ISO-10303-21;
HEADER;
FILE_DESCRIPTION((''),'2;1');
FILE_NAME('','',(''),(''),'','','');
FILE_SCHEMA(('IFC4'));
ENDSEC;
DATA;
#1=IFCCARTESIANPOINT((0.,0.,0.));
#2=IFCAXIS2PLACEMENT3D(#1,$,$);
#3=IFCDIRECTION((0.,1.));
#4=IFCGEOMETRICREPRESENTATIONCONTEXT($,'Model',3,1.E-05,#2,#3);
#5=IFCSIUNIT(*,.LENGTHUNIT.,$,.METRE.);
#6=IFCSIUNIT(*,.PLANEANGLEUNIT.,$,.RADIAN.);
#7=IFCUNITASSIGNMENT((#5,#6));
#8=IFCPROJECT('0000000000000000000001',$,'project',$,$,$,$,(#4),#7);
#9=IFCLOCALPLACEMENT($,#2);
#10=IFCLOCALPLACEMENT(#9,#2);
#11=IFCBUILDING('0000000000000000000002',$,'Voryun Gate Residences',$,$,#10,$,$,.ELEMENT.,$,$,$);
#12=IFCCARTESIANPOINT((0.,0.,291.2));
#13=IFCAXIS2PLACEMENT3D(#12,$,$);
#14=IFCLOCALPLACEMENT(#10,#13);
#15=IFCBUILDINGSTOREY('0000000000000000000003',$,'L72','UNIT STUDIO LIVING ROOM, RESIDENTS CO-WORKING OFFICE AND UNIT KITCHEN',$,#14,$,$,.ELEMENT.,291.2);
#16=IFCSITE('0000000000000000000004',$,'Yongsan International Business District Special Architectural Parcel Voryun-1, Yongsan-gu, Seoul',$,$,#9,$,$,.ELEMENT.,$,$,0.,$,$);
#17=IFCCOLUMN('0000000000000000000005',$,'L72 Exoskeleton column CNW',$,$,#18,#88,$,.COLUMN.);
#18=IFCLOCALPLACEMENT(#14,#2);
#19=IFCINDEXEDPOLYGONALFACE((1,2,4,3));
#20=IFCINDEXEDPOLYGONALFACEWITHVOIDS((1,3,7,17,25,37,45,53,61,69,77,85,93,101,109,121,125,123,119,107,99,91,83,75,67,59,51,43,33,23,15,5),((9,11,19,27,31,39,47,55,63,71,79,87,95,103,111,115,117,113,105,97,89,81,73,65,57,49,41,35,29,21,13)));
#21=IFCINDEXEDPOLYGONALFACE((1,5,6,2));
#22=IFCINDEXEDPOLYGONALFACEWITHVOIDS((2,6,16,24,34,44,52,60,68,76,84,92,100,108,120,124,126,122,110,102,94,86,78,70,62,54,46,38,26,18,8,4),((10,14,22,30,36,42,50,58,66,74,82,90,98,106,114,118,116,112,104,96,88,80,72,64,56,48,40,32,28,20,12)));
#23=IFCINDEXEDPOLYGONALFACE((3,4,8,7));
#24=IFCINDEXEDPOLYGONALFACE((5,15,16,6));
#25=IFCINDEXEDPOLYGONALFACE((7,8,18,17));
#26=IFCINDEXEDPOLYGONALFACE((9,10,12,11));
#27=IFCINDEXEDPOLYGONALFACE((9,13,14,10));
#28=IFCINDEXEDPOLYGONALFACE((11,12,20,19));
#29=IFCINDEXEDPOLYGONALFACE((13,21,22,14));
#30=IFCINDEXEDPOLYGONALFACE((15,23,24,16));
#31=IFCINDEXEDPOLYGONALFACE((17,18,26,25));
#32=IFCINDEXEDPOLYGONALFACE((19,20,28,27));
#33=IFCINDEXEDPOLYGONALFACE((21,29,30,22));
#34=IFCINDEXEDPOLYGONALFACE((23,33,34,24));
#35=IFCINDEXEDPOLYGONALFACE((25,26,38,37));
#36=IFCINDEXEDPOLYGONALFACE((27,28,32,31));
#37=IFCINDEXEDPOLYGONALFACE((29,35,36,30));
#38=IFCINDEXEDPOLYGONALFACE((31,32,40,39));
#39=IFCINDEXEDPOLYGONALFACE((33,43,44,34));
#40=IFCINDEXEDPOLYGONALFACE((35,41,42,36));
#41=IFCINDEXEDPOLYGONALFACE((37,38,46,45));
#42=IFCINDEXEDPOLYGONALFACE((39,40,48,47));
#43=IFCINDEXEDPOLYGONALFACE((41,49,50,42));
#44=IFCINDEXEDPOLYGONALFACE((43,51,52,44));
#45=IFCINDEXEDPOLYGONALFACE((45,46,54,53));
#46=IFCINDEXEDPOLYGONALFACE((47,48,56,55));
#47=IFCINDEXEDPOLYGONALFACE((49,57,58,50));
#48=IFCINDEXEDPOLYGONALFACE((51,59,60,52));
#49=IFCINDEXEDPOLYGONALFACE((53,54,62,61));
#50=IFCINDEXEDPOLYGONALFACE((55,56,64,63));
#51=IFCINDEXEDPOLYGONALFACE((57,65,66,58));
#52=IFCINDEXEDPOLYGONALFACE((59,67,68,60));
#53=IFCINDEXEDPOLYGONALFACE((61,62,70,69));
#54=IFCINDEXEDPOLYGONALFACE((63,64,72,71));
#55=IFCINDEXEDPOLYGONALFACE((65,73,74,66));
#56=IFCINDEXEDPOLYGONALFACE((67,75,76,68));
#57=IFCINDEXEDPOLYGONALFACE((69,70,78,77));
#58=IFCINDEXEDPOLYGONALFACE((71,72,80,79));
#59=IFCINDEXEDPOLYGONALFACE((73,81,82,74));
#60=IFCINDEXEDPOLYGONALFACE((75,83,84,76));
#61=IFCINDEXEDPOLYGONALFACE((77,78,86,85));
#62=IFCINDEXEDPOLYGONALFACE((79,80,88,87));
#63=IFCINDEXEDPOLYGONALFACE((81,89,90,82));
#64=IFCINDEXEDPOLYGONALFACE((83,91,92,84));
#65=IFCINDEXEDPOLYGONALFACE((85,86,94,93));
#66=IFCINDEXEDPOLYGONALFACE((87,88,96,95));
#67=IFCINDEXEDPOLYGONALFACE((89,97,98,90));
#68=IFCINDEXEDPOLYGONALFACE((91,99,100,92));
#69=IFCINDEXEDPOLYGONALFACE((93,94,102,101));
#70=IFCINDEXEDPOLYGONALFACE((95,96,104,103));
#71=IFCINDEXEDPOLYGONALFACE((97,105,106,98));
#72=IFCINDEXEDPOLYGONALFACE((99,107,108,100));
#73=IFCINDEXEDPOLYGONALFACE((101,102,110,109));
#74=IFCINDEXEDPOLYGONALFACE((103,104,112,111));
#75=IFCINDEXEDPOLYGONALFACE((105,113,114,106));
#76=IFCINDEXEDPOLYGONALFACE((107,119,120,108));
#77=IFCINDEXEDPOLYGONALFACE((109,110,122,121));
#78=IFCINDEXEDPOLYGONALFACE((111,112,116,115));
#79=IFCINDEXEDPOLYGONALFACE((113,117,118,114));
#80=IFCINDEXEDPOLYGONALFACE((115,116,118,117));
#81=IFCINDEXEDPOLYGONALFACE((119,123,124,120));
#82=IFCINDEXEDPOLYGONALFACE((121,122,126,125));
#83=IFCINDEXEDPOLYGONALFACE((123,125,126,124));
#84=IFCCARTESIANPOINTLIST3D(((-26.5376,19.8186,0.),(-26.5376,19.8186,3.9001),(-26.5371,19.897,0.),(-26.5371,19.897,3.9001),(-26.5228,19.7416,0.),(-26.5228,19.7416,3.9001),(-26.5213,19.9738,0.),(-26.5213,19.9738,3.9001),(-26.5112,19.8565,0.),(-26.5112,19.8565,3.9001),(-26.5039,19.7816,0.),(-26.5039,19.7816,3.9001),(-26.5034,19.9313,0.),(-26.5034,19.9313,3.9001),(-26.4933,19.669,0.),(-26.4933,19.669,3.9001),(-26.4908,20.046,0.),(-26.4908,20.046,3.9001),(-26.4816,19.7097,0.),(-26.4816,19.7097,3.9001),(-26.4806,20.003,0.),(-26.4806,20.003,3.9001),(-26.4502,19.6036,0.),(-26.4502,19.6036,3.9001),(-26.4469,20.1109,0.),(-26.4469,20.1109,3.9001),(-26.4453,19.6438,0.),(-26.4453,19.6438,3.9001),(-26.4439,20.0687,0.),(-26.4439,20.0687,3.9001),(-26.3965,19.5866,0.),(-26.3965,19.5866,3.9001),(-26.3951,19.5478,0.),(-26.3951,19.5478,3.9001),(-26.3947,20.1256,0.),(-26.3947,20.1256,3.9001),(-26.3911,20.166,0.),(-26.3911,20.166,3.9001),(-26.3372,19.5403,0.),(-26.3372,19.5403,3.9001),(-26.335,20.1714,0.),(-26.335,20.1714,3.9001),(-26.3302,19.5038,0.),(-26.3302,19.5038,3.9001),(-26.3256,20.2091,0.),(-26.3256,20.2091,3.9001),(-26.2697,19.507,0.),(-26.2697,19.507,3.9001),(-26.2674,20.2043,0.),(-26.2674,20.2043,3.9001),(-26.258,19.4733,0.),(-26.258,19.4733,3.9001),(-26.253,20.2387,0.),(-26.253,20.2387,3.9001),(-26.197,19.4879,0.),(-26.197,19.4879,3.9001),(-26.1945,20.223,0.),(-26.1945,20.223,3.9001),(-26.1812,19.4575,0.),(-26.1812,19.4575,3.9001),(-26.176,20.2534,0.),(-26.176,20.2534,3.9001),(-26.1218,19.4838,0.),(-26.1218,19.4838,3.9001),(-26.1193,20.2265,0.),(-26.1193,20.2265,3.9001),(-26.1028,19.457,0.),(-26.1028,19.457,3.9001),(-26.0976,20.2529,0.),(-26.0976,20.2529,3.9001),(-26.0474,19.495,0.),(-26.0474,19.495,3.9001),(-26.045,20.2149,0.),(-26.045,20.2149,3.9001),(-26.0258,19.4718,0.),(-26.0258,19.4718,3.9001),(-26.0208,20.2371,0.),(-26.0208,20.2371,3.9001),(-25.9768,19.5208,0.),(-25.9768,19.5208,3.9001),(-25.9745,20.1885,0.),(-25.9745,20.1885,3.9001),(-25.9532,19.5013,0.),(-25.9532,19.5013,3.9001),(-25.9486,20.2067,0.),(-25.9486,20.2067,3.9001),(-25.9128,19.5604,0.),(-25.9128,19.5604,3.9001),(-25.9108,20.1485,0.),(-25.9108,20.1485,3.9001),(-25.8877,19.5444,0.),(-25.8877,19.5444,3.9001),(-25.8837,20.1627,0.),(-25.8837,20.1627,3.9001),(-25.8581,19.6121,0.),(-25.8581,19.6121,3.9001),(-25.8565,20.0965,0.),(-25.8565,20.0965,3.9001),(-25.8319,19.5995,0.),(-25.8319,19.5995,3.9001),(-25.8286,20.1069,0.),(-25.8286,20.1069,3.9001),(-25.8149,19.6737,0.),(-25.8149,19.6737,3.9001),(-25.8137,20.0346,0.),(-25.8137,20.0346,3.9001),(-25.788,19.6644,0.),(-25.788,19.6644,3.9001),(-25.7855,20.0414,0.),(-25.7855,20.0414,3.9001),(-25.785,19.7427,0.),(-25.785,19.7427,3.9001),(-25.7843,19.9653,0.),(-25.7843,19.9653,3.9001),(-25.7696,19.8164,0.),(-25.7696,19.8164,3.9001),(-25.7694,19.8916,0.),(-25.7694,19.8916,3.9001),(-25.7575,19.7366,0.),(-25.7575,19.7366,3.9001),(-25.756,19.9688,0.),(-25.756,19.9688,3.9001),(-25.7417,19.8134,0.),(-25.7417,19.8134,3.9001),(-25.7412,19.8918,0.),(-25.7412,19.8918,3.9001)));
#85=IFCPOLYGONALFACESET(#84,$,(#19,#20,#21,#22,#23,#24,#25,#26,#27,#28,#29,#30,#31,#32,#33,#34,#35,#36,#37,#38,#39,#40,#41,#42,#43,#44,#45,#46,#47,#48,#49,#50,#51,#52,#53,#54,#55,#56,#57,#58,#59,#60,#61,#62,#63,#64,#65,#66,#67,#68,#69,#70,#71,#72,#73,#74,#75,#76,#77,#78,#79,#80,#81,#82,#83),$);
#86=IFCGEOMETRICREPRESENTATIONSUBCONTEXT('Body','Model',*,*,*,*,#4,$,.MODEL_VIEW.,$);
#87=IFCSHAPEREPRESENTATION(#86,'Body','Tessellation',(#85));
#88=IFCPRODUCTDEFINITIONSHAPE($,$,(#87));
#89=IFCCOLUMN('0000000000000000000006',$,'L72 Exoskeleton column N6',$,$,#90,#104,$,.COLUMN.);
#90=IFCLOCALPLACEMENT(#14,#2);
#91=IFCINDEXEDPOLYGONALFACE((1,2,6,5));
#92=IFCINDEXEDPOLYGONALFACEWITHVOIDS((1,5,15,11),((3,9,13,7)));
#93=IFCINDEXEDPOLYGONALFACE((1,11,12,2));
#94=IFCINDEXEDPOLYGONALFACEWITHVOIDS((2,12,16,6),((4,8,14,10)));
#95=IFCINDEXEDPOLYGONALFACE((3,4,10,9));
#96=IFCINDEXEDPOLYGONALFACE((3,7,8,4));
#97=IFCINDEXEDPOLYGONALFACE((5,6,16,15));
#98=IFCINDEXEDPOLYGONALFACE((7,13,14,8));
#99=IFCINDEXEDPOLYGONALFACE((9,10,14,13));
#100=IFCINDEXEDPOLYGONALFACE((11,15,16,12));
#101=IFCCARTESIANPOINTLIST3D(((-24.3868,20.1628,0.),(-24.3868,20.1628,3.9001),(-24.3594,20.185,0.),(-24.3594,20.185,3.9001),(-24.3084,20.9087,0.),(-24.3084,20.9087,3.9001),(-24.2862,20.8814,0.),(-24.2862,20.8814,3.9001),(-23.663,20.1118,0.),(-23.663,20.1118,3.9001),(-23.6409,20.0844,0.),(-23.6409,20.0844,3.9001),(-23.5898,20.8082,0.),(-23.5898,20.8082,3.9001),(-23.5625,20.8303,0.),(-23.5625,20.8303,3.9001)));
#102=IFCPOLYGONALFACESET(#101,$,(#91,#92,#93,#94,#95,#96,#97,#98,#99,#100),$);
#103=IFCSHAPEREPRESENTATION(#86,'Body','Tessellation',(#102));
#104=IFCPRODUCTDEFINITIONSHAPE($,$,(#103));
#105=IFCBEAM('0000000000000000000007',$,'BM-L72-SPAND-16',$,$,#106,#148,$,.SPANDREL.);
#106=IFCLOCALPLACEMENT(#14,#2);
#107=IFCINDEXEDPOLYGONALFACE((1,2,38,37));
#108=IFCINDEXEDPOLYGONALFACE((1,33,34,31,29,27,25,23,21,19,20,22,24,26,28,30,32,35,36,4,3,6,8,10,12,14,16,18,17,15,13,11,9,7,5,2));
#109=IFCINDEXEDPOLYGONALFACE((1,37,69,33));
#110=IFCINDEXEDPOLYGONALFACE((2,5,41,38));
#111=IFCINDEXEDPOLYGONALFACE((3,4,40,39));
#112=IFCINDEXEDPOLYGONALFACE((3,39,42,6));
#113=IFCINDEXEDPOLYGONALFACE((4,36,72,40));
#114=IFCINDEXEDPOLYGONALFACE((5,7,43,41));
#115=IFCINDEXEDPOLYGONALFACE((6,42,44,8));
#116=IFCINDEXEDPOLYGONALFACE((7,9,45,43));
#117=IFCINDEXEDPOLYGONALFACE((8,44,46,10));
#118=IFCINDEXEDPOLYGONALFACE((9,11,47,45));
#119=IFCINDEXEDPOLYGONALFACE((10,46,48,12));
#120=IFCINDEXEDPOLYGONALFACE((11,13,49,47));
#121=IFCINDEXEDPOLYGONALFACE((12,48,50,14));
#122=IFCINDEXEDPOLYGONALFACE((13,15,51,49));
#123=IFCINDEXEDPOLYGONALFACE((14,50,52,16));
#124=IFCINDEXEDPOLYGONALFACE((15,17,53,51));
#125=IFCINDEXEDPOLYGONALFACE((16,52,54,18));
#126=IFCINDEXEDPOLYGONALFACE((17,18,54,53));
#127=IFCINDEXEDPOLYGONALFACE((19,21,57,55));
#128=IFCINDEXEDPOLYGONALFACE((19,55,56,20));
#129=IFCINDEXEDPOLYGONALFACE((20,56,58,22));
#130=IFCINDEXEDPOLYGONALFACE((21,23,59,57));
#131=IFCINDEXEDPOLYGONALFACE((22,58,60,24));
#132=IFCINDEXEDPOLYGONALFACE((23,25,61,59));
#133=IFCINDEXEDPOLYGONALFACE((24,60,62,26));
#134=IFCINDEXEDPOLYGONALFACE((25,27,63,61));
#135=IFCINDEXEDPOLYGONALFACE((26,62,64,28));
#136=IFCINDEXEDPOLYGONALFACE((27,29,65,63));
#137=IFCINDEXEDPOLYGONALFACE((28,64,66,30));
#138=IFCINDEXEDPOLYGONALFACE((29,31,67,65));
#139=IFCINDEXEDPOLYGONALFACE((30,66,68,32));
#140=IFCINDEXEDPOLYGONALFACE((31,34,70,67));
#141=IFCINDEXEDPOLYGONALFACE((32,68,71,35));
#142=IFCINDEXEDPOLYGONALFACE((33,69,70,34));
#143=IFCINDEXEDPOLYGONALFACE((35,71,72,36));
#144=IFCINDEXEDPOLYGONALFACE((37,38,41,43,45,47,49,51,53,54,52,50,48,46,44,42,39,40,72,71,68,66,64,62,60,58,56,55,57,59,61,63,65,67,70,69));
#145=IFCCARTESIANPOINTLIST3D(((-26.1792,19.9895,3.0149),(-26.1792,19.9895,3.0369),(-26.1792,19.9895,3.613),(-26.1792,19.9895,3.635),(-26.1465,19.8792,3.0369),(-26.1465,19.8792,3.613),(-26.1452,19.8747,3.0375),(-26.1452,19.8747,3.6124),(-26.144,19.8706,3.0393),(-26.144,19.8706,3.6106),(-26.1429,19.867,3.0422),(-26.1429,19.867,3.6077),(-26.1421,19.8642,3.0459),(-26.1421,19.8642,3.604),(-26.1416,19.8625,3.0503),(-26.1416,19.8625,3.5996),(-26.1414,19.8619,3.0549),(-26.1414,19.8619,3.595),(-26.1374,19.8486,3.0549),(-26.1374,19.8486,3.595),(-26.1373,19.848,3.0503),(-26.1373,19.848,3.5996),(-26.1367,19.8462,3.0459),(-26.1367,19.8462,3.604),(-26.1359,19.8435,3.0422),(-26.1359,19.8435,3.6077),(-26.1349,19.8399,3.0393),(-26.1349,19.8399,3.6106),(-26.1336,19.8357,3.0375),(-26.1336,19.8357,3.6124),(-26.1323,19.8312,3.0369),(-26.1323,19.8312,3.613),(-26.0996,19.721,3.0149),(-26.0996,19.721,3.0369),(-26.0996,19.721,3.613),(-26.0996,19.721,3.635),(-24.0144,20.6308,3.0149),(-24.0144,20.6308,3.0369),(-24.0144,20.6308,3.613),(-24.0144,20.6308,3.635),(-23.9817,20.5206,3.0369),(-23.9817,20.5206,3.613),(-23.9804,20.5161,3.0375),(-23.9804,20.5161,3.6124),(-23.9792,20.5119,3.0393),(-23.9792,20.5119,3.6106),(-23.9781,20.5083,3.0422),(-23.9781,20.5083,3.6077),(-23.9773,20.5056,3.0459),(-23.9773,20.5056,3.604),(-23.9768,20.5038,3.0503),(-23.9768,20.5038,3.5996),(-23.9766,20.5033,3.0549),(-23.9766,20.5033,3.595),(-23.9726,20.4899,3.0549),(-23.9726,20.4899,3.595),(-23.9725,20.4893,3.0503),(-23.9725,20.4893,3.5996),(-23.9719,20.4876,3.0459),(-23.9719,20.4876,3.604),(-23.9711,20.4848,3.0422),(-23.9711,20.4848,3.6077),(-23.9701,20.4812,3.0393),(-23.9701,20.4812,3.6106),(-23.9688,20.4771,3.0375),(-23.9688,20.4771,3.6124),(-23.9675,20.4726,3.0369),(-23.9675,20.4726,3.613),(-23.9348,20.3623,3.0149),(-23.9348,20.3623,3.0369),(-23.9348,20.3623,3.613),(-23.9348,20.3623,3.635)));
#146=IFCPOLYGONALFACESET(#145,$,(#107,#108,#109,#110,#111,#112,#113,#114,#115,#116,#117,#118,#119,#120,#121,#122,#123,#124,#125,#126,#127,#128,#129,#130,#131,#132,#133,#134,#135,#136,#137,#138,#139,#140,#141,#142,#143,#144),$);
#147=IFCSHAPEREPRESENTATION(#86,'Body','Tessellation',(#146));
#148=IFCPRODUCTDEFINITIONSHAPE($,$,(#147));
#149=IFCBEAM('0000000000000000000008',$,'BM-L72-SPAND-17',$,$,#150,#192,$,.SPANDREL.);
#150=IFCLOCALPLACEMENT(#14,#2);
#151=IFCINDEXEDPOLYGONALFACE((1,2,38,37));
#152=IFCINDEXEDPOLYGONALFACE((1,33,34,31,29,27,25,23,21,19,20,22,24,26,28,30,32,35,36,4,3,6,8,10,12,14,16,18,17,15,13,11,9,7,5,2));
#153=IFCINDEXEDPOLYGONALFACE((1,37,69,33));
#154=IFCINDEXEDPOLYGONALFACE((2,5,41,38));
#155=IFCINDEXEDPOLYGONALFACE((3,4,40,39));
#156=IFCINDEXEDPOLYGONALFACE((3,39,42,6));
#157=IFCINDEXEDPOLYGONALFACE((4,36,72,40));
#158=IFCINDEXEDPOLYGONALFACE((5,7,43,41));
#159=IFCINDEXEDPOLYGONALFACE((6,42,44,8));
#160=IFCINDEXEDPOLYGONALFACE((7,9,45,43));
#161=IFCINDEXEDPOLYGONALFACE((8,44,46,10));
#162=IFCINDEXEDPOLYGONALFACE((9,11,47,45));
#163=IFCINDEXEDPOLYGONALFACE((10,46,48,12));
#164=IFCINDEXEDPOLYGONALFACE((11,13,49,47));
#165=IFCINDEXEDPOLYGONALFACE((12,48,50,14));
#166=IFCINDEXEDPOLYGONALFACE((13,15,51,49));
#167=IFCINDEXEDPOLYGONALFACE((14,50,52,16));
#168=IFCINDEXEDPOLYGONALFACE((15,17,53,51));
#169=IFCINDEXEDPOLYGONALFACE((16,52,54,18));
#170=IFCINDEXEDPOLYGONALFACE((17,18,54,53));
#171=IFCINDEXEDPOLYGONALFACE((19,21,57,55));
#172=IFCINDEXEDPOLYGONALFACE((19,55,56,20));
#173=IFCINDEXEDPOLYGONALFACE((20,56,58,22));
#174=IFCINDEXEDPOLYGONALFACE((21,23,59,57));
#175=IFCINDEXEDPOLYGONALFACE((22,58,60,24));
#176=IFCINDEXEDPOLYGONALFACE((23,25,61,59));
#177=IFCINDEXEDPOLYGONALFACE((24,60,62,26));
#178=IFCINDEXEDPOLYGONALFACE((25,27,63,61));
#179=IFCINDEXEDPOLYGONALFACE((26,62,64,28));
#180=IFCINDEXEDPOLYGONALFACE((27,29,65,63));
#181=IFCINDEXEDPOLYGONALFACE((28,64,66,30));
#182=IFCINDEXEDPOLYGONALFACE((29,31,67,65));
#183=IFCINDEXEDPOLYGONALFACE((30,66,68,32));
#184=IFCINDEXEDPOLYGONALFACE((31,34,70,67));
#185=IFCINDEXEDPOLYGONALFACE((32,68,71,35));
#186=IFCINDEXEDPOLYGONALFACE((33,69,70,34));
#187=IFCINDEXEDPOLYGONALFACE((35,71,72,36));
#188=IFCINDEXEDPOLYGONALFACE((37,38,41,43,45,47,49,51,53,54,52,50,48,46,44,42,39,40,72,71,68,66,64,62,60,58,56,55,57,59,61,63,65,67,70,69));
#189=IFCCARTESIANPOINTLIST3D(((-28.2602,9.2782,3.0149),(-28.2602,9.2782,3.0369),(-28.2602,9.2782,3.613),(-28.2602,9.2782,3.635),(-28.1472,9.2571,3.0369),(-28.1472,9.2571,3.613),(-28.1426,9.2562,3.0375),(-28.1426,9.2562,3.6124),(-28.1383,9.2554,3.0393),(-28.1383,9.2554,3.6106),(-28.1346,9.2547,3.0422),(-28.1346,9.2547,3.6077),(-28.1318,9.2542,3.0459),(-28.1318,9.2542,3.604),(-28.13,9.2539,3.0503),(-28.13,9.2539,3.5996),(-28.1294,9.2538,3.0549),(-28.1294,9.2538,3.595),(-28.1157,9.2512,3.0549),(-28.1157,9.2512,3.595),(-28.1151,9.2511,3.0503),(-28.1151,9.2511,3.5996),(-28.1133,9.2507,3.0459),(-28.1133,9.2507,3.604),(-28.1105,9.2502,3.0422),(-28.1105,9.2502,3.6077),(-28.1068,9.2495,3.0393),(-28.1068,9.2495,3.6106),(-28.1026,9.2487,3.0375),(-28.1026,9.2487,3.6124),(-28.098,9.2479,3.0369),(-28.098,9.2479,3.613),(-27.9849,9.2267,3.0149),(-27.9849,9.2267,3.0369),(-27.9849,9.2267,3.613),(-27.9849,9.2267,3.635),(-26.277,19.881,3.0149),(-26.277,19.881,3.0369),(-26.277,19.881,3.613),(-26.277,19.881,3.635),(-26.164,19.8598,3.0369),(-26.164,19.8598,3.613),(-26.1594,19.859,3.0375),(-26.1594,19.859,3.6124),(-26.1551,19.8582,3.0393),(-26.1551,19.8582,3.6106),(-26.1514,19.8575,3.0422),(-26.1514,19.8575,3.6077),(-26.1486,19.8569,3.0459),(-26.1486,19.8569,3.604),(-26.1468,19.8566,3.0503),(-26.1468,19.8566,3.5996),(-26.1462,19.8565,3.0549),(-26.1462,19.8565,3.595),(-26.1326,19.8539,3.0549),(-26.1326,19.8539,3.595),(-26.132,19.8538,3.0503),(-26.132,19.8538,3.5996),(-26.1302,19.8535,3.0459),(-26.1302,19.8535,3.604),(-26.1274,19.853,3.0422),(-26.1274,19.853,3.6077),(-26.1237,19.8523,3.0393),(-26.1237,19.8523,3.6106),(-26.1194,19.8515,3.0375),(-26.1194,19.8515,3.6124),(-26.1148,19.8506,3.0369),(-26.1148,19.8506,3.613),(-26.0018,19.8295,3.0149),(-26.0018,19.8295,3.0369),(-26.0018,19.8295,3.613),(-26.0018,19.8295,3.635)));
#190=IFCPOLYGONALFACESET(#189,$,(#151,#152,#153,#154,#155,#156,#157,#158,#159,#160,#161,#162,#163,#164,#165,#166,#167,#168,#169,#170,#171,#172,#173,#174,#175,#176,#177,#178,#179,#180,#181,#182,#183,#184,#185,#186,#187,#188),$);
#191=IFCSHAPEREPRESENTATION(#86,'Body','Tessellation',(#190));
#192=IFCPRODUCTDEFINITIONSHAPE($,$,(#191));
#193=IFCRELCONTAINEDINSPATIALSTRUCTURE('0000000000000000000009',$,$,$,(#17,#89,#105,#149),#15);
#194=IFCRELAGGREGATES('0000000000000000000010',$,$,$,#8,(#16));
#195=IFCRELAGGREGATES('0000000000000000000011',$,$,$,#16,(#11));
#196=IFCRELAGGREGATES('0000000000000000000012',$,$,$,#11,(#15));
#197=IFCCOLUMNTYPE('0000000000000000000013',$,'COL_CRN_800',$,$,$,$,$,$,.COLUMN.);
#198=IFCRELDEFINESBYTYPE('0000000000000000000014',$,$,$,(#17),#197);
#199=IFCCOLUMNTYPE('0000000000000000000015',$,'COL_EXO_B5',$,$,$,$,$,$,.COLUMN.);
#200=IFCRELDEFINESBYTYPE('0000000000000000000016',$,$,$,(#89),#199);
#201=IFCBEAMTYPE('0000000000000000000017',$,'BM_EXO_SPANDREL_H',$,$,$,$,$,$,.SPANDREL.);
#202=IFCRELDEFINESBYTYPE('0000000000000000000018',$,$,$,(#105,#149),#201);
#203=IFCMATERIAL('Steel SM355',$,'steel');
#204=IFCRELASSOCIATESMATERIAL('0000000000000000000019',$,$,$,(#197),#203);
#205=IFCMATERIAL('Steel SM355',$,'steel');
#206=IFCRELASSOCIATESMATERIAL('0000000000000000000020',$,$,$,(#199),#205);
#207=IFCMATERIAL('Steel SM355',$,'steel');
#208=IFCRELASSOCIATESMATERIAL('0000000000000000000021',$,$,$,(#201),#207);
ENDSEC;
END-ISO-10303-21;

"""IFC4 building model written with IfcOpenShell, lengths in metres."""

from ifc_helpers import new_model, si_unit, direction, frame, origin, origin_2d, place, context, subcontext, project, spatial, hollow_rectangle, hollow_circle, i_section, extrude, material, material_profile, profile_set, type_object, element, save


model = new_model("IFC4")

# Units and contexts
model_context = context("Model", 3, precision=1e-05, world=origin(), true_north=direction((0.0, 1.0)))
body_context = subcontext(model_context, "Body", "Model", "MODEL_VIEW")
ifc_project = project(units=[si_unit("LENGTHUNIT", "METRE"), si_unit("PLANEANGLEUNIT", "RADIAN")], contexts=[model_context])

# Site, building, storey
site_placement = place(None, origin())
site = spatial("IfcSite", under=ifc_project, at=site_placement, Name="Yongsan International Business District Special Architectural Parcel Voryun-1, Yongsan-gu, Seoul", CompositionType="ELEMENT", RefElevation=0.0)
building_placement = place(site_placement, origin())
building = spatial("IfcBuilding", under=site, at=building_placement, Name="Voryun Gate Residences", CompositionType="ELEMENT")
storey_placement = place(building_placement, frame((0.0, 0.0, 291.2)))
storey = spatial("IfcBuildingStorey", under=building, at=storey_placement, Name="L72", Description="UNIT STUDIO LIVING ROOM, RESIDENTS CO-WORKING OFFICE AND UNIT KITCHEN", CompositionType="ELEMENT", Elevation=291.2)

# Columns
ifc_material_1 = material(Name="Steel SM355", Category="steel")
ifc_material_profile_1 = material_profile(ifc_material_1, hollow_circle(Radius=0.3999, WallThickness=0.0281, at=origin_2d()), Name="CHS-800x28")
ifc_profile_set_1 = profile_set([ifc_material_profile_1], Name="Steel SM355")
column_type_1 = type_object("IfcColumnType", Name="COL_CRN_800", PredefinedType="COLUMN", material=ifc_profile_set_1)
column_1_placement = place(storey_placement, frame((-26.1394, 19.8552, 0.0), z_axis=(0.0, 0.0, 1.0), x_axis=(0.994522, -0.104528, 0.0)))
element("IfcColumn", 1, at=column_1_placement, inside=storey, type_object=column_type_1, Name="L72 Exoskeleton column CNW", PredefinedType="COLUMN", context=body_context, shape_type="SweptSolid", body=[
    extrude(hollow_circle(Radius=0.3999, WallThickness=0.0281, at=origin_2d()), origin(), (0.0, 0.0, 1.0), 3.9001),
])
ifc_material_2 = material(Name="Steel SM355", Category="steel")
ifc_material_profile_2 = material_profile(ifc_material_2, hollow_rectangle(XDim=0.75, YDim=0.75, WallThickness=0.0249, at=origin_2d()), Name="BOX-750x750x25")
ifc_profile_set_2 = profile_set([ifc_material_profile_2], Name="Steel SM355")
column_type_2 = type_object("IfcColumnType", Name="COL_EXO_B5", PredefinedType="COLUMN", material=ifc_profile_set_2)
column_2_placement = place(storey_placement, frame((-23.9746, 20.4966, 0.0), z_axis=(0.0, 0.0, 1.0), x_axis=(0.994522, -0.104528, 0.0)))
element("IfcColumn", 2, at=column_2_placement, inside=storey, type_object=column_type_2, Name="L72 Exoskeleton column N6", PredefinedType="COLUMN", context=body_context, shape_type="SweptSolid", body=[
    extrude(hollow_rectangle(XDim=0.75, YDim=0.75, WallThickness=0.0249, at=origin_2d()), origin(), (0.0, 0.0, 1.0), 3.9001),
])

# Beams
ifc_material_3 = material(Name="Steel SM355", Category="steel")
ifc_material_profile_3 = material_profile(ifc_material_3, i_section(OverallWidth=0.28, OverallDepth=0.6201, WebThickness=0.0139, FlangeThickness=0.022, FilletRadius=0.0181, at=origin_2d()), Name="H-620x280x14x22")
ifc_profile_set_3 = profile_set([ifc_material_profile_3], Name="Steel SM355")
beam_type = type_object("IfcBeamType", Name="BM_EXO_SPANDREL_H", PredefinedType="SPANDREL", material=ifc_profile_set_3)
beam_1_placement = place(storey_placement, frame((-23.9746, 20.4966, 3.325), z_axis=(-0.958806, -0.284063, 0.0), x_axis=(0.284063, -0.958806, 0.0)))
element("IfcBeam", 3, at=beam_1_placement, inside=storey, type_object=beam_type, Name="BM-L72-SPAND-16", PredefinedType="SPANDREL", context=body_context, shape_type="SweptSolid", body=[
    extrude(i_section(OverallWidth=0.28, OverallDepth=0.6201, WebThickness=0.0139, FlangeThickness=0.022, FilletRadius=0.0181, at=origin_2d()), origin(), (0.0, 0.0, 1.0), 2.2578),
])
beam_2_placement = place(storey_placement, frame((-26.1394, 19.8552, 3.325), z_axis=(-0.183853, -0.982954, 0.0), x_axis=(0.982954, -0.183853, 0.0)))
element("IfcBeam", 4, at=beam_2_placement, inside=storey, type_object=beam_type, Name="BM-L72-SPAND-17", PredefinedType="SPANDREL", context=body_context, shape_type="SweptSolid", body=[
    extrude(i_section(OverallWidth=0.28, OverallDepth=0.6201, WebThickness=0.0139, FlangeThickness=0.022, FilletRadius=0.0181, at=origin_2d()), origin(), (0.0, 0.0, 1.0), 10.7866),
])

save(model, "model.ifc")
